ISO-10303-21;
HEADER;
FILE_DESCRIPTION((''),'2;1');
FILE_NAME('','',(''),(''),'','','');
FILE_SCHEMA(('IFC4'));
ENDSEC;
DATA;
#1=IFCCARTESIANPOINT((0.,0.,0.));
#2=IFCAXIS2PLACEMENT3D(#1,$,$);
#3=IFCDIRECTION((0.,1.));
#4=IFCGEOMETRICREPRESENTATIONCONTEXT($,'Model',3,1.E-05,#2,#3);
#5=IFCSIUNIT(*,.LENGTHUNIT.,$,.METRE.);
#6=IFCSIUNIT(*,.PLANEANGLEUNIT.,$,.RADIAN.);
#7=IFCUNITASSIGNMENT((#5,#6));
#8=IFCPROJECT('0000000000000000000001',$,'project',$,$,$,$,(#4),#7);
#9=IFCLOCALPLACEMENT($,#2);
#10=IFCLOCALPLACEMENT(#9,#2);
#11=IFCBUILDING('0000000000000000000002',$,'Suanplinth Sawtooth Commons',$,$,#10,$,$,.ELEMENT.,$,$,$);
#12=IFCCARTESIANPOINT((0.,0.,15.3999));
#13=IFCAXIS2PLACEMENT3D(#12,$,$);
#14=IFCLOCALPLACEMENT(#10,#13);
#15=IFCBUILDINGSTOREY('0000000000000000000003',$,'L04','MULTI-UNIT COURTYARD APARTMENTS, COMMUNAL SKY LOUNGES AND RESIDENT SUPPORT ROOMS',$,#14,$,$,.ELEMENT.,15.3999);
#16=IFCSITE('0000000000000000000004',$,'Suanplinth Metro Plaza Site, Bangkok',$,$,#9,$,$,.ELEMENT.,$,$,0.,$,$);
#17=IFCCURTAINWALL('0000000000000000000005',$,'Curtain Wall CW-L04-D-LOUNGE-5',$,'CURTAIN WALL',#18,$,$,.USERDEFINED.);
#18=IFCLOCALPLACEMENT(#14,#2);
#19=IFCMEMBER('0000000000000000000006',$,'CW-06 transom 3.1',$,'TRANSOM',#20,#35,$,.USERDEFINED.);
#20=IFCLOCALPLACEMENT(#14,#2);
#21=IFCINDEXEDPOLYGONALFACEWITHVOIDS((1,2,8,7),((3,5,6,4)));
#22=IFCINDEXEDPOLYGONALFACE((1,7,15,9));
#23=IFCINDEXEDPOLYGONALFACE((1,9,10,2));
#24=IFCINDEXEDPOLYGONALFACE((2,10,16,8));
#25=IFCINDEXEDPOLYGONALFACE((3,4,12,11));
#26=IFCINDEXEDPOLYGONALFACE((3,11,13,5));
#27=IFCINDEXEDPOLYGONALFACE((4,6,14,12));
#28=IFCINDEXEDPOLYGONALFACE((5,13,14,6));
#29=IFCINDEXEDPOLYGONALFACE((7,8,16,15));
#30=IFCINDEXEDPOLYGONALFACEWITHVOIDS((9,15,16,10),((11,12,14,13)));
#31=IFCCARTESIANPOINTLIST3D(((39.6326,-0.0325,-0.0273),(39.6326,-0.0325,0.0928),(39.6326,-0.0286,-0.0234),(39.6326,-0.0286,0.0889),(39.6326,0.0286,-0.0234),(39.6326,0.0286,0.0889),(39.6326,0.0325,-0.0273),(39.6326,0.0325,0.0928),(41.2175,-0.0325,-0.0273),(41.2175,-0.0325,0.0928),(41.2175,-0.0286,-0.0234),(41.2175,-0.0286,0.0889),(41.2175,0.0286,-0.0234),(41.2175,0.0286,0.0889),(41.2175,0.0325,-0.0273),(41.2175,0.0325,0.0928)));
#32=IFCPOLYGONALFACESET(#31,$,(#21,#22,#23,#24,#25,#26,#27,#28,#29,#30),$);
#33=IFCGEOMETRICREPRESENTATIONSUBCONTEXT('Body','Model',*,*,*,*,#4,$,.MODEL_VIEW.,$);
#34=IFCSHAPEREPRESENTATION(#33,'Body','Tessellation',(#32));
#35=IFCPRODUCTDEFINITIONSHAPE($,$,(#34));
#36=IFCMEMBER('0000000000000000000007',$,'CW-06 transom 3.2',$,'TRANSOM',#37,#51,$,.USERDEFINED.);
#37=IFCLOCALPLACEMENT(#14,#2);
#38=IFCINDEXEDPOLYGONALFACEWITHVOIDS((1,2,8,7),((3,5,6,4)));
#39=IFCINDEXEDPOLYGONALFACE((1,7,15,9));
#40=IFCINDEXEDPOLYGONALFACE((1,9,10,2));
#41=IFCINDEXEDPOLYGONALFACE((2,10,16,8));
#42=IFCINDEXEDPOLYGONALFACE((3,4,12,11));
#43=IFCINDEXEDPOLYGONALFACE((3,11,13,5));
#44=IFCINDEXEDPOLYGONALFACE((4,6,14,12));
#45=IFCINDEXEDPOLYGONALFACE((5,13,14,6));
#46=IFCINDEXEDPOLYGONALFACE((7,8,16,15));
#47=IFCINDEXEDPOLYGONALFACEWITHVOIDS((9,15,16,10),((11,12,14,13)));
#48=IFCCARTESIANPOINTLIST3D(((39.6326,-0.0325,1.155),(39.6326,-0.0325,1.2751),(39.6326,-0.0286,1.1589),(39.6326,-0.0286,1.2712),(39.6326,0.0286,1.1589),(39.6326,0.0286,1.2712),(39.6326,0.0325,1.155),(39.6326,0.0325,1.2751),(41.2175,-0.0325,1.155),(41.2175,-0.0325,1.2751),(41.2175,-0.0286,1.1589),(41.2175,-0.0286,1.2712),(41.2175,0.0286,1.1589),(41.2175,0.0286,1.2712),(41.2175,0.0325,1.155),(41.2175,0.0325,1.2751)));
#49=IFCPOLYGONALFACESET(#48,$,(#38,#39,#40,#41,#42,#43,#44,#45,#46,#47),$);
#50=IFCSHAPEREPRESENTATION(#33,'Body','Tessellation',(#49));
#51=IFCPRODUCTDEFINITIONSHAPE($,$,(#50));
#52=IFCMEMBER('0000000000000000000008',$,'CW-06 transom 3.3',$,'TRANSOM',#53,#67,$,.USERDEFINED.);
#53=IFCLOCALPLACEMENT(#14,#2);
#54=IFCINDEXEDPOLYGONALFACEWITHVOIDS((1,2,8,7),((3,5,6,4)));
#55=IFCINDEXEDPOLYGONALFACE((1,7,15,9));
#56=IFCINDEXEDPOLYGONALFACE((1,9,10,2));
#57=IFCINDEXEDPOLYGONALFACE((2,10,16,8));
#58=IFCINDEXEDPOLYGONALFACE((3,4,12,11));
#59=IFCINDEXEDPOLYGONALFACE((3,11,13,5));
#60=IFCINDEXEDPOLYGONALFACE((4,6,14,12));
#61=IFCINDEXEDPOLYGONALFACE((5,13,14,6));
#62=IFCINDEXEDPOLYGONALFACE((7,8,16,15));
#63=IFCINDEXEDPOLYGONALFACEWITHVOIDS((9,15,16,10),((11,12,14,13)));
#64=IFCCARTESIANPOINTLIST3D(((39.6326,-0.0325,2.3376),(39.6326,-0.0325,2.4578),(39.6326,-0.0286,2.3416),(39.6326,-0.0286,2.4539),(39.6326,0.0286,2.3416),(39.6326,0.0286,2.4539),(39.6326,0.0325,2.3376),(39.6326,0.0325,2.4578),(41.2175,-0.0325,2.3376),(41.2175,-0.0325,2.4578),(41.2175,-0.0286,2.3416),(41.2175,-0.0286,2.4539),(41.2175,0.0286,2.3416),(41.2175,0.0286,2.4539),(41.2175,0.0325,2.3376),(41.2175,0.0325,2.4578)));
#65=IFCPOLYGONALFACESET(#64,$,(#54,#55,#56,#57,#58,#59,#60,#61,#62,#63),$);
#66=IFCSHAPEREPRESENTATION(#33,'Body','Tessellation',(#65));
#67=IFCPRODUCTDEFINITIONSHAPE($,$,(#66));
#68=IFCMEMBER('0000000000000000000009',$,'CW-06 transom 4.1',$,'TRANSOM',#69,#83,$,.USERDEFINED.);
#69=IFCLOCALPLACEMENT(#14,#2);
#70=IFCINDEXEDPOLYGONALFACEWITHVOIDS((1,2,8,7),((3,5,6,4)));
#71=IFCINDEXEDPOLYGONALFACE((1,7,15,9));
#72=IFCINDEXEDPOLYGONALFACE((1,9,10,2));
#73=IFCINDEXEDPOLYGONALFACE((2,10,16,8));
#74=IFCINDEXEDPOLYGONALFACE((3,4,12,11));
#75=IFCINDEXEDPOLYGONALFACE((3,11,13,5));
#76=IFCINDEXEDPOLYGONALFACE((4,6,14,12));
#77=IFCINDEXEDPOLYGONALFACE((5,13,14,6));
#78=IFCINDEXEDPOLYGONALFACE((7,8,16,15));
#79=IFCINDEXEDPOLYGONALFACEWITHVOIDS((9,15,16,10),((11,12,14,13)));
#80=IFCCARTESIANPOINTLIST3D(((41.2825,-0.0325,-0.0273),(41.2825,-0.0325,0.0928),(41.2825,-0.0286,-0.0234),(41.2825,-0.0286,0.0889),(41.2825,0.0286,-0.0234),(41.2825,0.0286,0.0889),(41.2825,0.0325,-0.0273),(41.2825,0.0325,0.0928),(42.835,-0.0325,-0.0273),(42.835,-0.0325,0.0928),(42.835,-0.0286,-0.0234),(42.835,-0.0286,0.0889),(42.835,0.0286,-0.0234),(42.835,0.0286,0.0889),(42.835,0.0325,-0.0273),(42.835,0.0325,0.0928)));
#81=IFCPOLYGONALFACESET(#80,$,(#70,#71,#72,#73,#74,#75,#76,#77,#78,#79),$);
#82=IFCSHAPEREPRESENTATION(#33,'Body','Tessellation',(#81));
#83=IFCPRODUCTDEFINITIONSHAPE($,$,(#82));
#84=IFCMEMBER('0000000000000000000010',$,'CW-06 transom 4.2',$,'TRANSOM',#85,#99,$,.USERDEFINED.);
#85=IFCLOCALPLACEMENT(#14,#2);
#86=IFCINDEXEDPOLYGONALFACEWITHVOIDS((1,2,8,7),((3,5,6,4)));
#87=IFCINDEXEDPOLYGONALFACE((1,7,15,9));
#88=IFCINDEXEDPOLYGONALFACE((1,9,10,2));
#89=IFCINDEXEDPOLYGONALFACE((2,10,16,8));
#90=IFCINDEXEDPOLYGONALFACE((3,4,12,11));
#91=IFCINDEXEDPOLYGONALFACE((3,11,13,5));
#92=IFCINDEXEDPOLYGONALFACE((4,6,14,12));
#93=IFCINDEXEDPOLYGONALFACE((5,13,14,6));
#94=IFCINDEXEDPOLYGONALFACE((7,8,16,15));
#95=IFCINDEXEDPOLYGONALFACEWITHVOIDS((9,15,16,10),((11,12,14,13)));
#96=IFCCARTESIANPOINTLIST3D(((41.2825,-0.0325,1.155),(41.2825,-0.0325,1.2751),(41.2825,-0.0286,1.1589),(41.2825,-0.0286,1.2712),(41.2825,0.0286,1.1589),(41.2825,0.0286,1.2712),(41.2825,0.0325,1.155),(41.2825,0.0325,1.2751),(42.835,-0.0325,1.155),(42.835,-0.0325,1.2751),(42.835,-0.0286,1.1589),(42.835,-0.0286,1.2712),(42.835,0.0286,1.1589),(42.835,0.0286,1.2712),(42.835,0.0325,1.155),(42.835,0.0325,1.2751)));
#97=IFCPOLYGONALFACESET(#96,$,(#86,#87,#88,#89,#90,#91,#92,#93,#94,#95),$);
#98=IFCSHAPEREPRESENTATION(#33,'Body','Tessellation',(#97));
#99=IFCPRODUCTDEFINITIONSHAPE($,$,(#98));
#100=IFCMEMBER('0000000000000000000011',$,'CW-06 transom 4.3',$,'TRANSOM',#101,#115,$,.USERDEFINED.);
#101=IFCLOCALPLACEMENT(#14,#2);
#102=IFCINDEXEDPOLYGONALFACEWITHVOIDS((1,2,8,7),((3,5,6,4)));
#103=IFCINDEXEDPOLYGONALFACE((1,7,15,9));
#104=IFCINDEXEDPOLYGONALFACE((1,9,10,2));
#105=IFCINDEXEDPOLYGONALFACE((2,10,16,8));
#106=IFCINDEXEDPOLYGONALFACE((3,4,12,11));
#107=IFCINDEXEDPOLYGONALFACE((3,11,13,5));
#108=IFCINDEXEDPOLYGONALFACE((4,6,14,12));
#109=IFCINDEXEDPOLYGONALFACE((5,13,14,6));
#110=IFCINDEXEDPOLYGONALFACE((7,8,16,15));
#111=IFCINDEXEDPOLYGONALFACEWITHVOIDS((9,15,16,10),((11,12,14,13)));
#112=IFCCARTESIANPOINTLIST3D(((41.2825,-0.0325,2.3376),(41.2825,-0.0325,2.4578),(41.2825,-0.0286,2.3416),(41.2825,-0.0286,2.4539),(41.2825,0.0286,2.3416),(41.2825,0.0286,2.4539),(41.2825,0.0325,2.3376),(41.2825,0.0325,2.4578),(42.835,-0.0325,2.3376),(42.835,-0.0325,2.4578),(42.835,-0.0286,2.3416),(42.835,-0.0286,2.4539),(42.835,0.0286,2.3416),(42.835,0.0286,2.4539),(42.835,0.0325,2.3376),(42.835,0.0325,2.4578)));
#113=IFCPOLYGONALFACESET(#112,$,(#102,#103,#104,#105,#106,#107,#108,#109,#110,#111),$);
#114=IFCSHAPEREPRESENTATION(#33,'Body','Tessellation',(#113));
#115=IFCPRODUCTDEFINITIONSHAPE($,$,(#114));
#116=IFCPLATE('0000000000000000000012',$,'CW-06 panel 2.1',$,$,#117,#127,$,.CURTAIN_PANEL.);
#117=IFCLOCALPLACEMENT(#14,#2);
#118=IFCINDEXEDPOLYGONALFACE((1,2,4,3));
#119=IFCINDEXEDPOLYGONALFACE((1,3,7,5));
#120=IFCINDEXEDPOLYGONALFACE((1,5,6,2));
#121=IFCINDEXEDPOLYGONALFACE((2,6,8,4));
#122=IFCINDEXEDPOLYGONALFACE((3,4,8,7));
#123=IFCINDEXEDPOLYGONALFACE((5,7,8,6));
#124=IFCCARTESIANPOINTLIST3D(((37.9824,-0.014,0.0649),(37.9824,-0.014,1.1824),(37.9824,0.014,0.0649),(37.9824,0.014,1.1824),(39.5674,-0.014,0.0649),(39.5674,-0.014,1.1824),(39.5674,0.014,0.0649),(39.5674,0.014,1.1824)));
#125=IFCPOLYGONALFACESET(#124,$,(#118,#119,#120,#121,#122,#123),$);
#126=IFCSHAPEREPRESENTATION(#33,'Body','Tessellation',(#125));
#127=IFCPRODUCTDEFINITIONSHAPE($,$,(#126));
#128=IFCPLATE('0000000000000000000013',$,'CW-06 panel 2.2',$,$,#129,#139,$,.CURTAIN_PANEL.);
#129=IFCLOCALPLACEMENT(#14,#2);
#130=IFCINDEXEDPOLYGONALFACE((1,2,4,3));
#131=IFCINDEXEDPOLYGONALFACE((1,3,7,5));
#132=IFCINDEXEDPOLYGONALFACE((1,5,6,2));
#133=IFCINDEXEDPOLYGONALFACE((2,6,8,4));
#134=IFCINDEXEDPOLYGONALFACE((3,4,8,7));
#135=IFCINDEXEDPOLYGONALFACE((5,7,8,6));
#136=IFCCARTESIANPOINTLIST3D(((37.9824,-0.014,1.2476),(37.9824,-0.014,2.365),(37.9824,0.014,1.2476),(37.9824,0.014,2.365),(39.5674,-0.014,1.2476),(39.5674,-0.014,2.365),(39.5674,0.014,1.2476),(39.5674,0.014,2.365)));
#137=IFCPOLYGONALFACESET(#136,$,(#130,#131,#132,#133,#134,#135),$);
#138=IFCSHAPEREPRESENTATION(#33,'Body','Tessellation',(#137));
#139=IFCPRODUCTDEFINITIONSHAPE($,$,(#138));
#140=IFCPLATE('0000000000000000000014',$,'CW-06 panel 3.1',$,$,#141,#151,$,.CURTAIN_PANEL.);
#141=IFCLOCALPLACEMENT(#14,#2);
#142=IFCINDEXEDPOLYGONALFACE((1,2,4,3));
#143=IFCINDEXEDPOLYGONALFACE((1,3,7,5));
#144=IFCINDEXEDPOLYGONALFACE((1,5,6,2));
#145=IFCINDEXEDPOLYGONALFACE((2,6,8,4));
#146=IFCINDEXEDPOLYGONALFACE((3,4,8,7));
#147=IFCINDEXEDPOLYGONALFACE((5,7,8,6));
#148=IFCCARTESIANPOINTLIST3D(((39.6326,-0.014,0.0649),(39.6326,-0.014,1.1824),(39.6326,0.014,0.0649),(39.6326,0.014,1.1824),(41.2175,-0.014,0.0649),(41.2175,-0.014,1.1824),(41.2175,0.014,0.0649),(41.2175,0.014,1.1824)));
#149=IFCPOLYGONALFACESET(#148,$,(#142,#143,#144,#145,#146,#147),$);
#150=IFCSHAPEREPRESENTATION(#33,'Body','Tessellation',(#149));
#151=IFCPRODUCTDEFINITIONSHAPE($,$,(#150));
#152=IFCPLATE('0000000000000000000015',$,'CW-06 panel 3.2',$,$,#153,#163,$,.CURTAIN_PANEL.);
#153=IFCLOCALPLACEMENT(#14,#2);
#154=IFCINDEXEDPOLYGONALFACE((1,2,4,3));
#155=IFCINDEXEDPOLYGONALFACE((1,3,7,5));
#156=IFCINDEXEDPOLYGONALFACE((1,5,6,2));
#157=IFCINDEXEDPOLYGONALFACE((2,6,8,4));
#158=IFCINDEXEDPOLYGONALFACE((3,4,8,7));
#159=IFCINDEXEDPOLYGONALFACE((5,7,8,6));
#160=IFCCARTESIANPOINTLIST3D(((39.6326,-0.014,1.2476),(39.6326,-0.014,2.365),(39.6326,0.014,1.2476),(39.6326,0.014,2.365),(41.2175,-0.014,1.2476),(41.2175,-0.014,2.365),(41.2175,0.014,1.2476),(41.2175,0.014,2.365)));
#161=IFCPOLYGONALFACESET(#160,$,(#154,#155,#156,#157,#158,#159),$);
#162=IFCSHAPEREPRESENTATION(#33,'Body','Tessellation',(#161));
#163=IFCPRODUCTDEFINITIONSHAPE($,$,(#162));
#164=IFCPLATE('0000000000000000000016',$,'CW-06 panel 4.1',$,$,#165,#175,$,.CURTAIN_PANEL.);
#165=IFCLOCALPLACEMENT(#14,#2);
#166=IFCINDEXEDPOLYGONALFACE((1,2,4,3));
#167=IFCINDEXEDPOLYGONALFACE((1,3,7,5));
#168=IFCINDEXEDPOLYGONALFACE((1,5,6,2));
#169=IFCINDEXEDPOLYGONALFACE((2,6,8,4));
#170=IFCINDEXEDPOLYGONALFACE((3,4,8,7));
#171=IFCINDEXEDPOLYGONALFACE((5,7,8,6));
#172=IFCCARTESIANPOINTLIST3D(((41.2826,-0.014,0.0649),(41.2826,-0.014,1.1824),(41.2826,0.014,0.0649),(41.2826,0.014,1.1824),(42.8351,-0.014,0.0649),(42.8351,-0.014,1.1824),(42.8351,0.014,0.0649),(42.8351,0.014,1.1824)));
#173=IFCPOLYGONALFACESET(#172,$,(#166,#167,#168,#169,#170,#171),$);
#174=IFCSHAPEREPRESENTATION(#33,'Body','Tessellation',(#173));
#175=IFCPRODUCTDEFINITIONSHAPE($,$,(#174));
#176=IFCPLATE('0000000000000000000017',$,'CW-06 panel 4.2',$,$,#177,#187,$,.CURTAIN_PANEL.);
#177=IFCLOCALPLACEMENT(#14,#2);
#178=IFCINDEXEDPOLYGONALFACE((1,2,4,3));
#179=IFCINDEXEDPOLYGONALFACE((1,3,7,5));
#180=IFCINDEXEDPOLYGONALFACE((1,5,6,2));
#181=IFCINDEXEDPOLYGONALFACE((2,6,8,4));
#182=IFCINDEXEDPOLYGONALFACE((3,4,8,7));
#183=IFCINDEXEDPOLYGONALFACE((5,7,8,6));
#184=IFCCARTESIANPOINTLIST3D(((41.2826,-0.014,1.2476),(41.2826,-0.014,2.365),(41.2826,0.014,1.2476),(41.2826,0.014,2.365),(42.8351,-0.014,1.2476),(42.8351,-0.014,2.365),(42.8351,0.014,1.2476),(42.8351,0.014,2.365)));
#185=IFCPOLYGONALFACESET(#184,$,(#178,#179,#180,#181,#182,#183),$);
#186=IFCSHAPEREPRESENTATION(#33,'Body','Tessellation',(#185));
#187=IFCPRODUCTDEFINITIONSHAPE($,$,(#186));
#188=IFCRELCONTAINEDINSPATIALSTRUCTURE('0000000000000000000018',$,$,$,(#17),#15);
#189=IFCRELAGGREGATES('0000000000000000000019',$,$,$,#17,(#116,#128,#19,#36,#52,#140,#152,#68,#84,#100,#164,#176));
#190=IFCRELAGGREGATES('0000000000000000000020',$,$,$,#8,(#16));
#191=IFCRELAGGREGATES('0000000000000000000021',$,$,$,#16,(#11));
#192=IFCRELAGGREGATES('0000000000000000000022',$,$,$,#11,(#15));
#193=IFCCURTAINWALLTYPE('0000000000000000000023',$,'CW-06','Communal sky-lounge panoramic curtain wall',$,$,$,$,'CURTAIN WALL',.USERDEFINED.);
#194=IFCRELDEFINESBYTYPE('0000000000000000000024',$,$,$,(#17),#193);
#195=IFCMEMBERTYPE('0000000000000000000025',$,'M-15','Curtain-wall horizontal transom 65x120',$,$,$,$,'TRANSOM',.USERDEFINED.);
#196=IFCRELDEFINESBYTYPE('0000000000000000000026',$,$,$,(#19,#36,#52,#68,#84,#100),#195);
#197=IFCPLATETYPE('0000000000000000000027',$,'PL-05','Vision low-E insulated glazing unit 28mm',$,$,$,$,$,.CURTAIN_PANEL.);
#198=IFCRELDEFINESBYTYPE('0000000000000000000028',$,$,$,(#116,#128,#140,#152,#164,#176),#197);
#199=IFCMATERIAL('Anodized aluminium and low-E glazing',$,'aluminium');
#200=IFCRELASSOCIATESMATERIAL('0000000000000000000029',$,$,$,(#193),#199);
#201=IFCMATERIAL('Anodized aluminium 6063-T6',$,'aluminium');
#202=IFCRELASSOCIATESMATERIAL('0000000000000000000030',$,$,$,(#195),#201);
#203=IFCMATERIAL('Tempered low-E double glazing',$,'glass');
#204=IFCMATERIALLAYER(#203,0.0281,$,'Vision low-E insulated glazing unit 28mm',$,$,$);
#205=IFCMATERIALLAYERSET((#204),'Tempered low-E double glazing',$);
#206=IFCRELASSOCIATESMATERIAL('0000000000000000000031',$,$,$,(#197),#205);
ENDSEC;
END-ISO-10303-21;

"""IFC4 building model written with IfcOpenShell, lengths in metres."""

from ifc_helpers import new_model, si_unit, direction, frame, origin, origin_2d, place, context, subcontext, project, spatial, rectangle, hollow_rectangle, extrude, material, layer, layer_set, material_profile, profile_set, type_object, element, aggregate, save


model = new_model("IFC4")

# Units and contexts
model_context = context("Model", 3, precision=1e-05, world=origin(), true_north=direction((0.0, 1.0)))
body_context = subcontext(model_context, "Body", "Model", "MODEL_VIEW")
ifc_project = project(units=[si_unit("LENGTHUNIT", "METRE"), si_unit("PLANEANGLEUNIT", "RADIAN")], contexts=[model_context])

# Site, building, storey
site_placement = place(None, origin())
site = spatial("IfcSite", under=ifc_project, at=site_placement, Name="Suanplinth Metro Plaza Site, Bangkok", CompositionType="ELEMENT", RefElevation=0.0)
building_placement = place(site_placement, origin())
building = spatial("IfcBuilding", under=site, at=building_placement, Name="Suanplinth Sawtooth Commons", CompositionType="ELEMENT")
storey_placement = place(building_placement, frame((0.0, 0.0, 15.3999)))
storey = spatial("IfcBuildingStorey", under=building, at=storey_placement, Name="L04", Description="MULTI-UNIT COURTYARD APARTMENTS, COMMUNAL SKY LOUNGES AND RESIDENT SUPPORT ROOMS", CompositionType="ELEMENT", Elevation=15.3999)

# Curtain wall, members, plates
ifc_material_1 = material(Name="Anodized aluminium and low-E glazing", Category="aluminium")
curtain_wall_type = type_object("IfcCurtainWallType", Name="CW-06", Description="Communal sky-lounge panoramic curtain wall", ElementType="CURTAIN WALL", PredefinedType="USERDEFINED", material=ifc_material_1)
curtain_wall_placement = place(storey_placement, origin())
curtain_wall = element("IfcCurtainWall", 1, at=curtain_wall_placement, inside=storey, type_object=curtain_wall_type, Name="Curtain Wall CW-L04-D-LOUNGE-5", ObjectType="CURTAIN WALL", PredefinedType="USERDEFINED")
ifc_material_2 = material(Name="Anodized aluminium 6063-T6", Category="aluminium")
ifc_material_profile_1 = material_profile(ifc_material_2, hollow_rectangle(XDim=0.0649, YDim=0.1201, WallThickness=0.0039, at=origin_2d()), Name="ALU-TRN 65x120")
ifc_profile_set_1 = profile_set([ifc_material_profile_1], Name="Anodized aluminium 6063-T6")
member_type_1 = type_object("IfcMemberType", Name="M-15", Description="Curtain-wall horizontal transom 65x120", ElementType="TRANSOM", PredefinedType="USERDEFINED", material=ifc_profile_set_1)
member_1_placement = place(storey_placement, frame((39.6326, 0.0, 0.0327), z_axis=(1.0, 0.0, 0.0), x_axis=(0.0, 1.0, 0.0)))
member_1 = element("IfcMember", 2, at=member_1_placement, type_object=member_type_1, Name="CW-06 transom 3.1", ObjectType="TRANSOM", PredefinedType="USERDEFINED", context=body_context, shape_type="SweptSolid", body=[
    extrude(hollow_rectangle(XDim=0.0649, YDim=0.1201, WallThickness=0.0039, at=origin_2d()), origin(), (0.0, 0.0, 1.0), 1.585),
])
member_2_placement = place(storey_placement, frame((39.6326, 0.0, 1.2151), z_axis=(1.0, 0.0, 0.0), x_axis=(0.0, 1.0, 0.0)))
member_2 = element("IfcMember", 3, at=member_2_placement, type_object=member_type_1, Name="CW-06 transom 3.2", ObjectType="TRANSOM", PredefinedType="USERDEFINED", context=body_context, shape_type="SweptSolid", body=[
    extrude(hollow_rectangle(XDim=0.0649, YDim=0.1201, WallThickness=0.0039, at=origin_2d()), origin(), (0.0, 0.0, 1.0), 1.585),
])
member_3_placement = place(storey_placement, frame((39.6326, 0.0, 2.3977), z_axis=(1.0, 0.0, 0.0), x_axis=(0.0, 1.0, 0.0)))
member_3 = element("IfcMember", 4, at=member_3_placement, type_object=member_type_1, Name="CW-06 transom 3.3", ObjectType="TRANSOM", PredefinedType="USERDEFINED", context=body_context, shape_type="SweptSolid", body=[
    extrude(hollow_rectangle(XDim=0.0649, YDim=0.1201, WallThickness=0.0039, at=origin_2d()), origin(), (0.0, 0.0, 1.0), 1.585),
])
member_4_placement = place(storey_placement, frame((41.2825, 0.0, 0.0327), z_axis=(1.0, 0.0, 0.0), x_axis=(0.0, 1.0, 0.0)))
member_4 = element("IfcMember", 5, at=member_4_placement, type_object=member_type_1, Name="CW-06 transom 4.1", ObjectType="TRANSOM", PredefinedType="USERDEFINED", context=body_context, shape_type="SweptSolid", body=[
    extrude(hollow_rectangle(XDim=0.0649, YDim=0.1201, WallThickness=0.0039, at=origin_2d()), origin(), (0.0, 0.0, 1.0), 1.5525),
])
member_5_placement = place(storey_placement, frame((41.2825, 0.0, 1.2151), z_axis=(1.0, 0.0, 0.0), x_axis=(0.0, 1.0, 0.0)))
member_5 = element("IfcMember", 6, at=member_5_placement, type_object=member_type_1, Name="CW-06 transom 4.2", ObjectType="TRANSOM", PredefinedType="USERDEFINED", context=body_context, shape_type="SweptSolid", body=[
    extrude(hollow_rectangle(XDim=0.0649, YDim=0.1201, WallThickness=0.0039, at=origin_2d()), origin(), (0.0, 0.0, 1.0), 1.5525),
])
member_6_placement = place(storey_placement, frame((41.2825, 0.0, 2.3977), z_axis=(1.0, 0.0, 0.0), x_axis=(0.0, 1.0, 0.0)))
member_6 = element("IfcMember", 7, at=member_6_placement, type_object=member_type_1, Name="CW-06 transom 4.3", ObjectType="TRANSOM", PredefinedType="USERDEFINED", context=body_context, shape_type="SweptSolid", body=[
    extrude(hollow_rectangle(XDim=0.0649, YDim=0.1201, WallThickness=0.0039, at=origin_2d()), origin(), (0.0, 0.0, 1.0), 1.5525),
])
ifc_material_3 = material(Name="Tempered low-E double glazing", Category="glass")
ifc_layer_1 = layer(ifc_material_3, 0.0281, Name="Vision low-E insulated glazing unit 28mm")
ifc_layer_set_1 = layer_set([ifc_layer_1], Name="Tempered low-E double glazing")
plate_type = type_object("IfcPlateType", Name="PL-05", Description="Vision low-E insulated glazing unit 28mm", PredefinedType="CURTAIN_PANEL", material=ifc_layer_set_1)
plate_1_placement = place(storey_placement, frame((38.7749, 0.0, 0.0649), z_axis=(0.0, 0.0, 1.0), x_axis=(1.0, 0.0, 0.0)))
plate_1 = element("IfcPlate", 8, at=plate_1_placement, type_object=plate_type, Name="CW-06 panel 2.1", PredefinedType="CURTAIN_PANEL", context=body_context, shape_type="SweptSolid", body=[
    extrude(rectangle(XDim=1.585, YDim=0.0281, at=origin_2d()), origin(), (0.0, 0.0, 1.0), 1.1174),
])
plate_2_placement = place(storey_placement, frame((38.7749, 0.0, 1.2476), z_axis=(0.0, 0.0, 1.0), x_axis=(1.0, 0.0, 0.0)))
plate_2 = element("IfcPlate", 9, at=plate_2_placement, type_object=plate_type, Name="CW-06 panel 2.2", PredefinedType="CURTAIN_PANEL", context=body_context, shape_type="SweptSolid", body=[
    extrude(rectangle(XDim=1.585, YDim=0.0281, at=origin_2d()), origin(), (0.0, 0.0, 1.0), 1.1174),
])
plate_3_placement = place(storey_placement, frame((40.425, 0.0, 0.0649), z_axis=(0.0, 0.0, 1.0), x_axis=(1.0, 0.0, 0.0)))
plate_3 = element("IfcPlate", 10, at=plate_3_placement, type_object=plate_type, Name="CW-06 panel 3.1", PredefinedType="CURTAIN_PANEL", context=body_context, shape_type="SweptSolid", body=[
    extrude(rectangle(XDim=1.585, YDim=0.0281, at=origin_2d()), origin(), (0.0, 0.0, 1.0), 1.1174),
])
plate_4_placement = place(storey_placement, frame((40.425, 0.0, 1.2476), z_axis=(0.0, 0.0, 1.0), x_axis=(1.0, 0.0, 0.0)))
plate_4 = element("IfcPlate", 11, at=plate_4_placement, type_object=plate_type, Name="CW-06 panel 3.2", PredefinedType="CURTAIN_PANEL", context=body_context, shape_type="SweptSolid", body=[
    extrude(rectangle(XDim=1.585, YDim=0.0281, at=origin_2d()), origin(), (0.0, 0.0, 1.0), 1.1174),
])
plate_5_placement = place(storey_placement, frame((42.0588, 0.0, 0.0649), z_axis=(0.0, 0.0, 1.0), x_axis=(1.0, 0.0, 0.0)))
plate_5 = element("IfcPlate", 12, at=plate_5_placement, type_object=plate_type, Name="CW-06 panel 4.1", PredefinedType="CURTAIN_PANEL", context=body_context, shape_type="SweptSolid", body=[
    extrude(rectangle(XDim=1.5525, YDim=0.0281, at=origin_2d()), origin(), (0.0, 0.0, 1.0), 1.1174),
])
plate_6_placement = place(storey_placement, frame((42.0588, 0.0, 1.2476), z_axis=(0.0, 0.0, 1.0), x_axis=(1.0, 0.0, 0.0)))
plate_6 = element("IfcPlate", 13, at=plate_6_placement, type_object=plate_type, Name="CW-06 panel 4.2", PredefinedType="CURTAIN_PANEL", context=body_context, shape_type="SweptSolid", body=[
    extrude(rectangle(XDim=1.5525, YDim=0.0281, at=origin_2d()), origin(), (0.0, 0.0, 1.0), 1.1174),
])
aggregate(curtain_wall, [plate_1, plate_2, member_1, member_2, member_3, plate_3, plate_4, member_4, member_5, member_6, plate_5, plate_6])

save(model, "model.ifc")
